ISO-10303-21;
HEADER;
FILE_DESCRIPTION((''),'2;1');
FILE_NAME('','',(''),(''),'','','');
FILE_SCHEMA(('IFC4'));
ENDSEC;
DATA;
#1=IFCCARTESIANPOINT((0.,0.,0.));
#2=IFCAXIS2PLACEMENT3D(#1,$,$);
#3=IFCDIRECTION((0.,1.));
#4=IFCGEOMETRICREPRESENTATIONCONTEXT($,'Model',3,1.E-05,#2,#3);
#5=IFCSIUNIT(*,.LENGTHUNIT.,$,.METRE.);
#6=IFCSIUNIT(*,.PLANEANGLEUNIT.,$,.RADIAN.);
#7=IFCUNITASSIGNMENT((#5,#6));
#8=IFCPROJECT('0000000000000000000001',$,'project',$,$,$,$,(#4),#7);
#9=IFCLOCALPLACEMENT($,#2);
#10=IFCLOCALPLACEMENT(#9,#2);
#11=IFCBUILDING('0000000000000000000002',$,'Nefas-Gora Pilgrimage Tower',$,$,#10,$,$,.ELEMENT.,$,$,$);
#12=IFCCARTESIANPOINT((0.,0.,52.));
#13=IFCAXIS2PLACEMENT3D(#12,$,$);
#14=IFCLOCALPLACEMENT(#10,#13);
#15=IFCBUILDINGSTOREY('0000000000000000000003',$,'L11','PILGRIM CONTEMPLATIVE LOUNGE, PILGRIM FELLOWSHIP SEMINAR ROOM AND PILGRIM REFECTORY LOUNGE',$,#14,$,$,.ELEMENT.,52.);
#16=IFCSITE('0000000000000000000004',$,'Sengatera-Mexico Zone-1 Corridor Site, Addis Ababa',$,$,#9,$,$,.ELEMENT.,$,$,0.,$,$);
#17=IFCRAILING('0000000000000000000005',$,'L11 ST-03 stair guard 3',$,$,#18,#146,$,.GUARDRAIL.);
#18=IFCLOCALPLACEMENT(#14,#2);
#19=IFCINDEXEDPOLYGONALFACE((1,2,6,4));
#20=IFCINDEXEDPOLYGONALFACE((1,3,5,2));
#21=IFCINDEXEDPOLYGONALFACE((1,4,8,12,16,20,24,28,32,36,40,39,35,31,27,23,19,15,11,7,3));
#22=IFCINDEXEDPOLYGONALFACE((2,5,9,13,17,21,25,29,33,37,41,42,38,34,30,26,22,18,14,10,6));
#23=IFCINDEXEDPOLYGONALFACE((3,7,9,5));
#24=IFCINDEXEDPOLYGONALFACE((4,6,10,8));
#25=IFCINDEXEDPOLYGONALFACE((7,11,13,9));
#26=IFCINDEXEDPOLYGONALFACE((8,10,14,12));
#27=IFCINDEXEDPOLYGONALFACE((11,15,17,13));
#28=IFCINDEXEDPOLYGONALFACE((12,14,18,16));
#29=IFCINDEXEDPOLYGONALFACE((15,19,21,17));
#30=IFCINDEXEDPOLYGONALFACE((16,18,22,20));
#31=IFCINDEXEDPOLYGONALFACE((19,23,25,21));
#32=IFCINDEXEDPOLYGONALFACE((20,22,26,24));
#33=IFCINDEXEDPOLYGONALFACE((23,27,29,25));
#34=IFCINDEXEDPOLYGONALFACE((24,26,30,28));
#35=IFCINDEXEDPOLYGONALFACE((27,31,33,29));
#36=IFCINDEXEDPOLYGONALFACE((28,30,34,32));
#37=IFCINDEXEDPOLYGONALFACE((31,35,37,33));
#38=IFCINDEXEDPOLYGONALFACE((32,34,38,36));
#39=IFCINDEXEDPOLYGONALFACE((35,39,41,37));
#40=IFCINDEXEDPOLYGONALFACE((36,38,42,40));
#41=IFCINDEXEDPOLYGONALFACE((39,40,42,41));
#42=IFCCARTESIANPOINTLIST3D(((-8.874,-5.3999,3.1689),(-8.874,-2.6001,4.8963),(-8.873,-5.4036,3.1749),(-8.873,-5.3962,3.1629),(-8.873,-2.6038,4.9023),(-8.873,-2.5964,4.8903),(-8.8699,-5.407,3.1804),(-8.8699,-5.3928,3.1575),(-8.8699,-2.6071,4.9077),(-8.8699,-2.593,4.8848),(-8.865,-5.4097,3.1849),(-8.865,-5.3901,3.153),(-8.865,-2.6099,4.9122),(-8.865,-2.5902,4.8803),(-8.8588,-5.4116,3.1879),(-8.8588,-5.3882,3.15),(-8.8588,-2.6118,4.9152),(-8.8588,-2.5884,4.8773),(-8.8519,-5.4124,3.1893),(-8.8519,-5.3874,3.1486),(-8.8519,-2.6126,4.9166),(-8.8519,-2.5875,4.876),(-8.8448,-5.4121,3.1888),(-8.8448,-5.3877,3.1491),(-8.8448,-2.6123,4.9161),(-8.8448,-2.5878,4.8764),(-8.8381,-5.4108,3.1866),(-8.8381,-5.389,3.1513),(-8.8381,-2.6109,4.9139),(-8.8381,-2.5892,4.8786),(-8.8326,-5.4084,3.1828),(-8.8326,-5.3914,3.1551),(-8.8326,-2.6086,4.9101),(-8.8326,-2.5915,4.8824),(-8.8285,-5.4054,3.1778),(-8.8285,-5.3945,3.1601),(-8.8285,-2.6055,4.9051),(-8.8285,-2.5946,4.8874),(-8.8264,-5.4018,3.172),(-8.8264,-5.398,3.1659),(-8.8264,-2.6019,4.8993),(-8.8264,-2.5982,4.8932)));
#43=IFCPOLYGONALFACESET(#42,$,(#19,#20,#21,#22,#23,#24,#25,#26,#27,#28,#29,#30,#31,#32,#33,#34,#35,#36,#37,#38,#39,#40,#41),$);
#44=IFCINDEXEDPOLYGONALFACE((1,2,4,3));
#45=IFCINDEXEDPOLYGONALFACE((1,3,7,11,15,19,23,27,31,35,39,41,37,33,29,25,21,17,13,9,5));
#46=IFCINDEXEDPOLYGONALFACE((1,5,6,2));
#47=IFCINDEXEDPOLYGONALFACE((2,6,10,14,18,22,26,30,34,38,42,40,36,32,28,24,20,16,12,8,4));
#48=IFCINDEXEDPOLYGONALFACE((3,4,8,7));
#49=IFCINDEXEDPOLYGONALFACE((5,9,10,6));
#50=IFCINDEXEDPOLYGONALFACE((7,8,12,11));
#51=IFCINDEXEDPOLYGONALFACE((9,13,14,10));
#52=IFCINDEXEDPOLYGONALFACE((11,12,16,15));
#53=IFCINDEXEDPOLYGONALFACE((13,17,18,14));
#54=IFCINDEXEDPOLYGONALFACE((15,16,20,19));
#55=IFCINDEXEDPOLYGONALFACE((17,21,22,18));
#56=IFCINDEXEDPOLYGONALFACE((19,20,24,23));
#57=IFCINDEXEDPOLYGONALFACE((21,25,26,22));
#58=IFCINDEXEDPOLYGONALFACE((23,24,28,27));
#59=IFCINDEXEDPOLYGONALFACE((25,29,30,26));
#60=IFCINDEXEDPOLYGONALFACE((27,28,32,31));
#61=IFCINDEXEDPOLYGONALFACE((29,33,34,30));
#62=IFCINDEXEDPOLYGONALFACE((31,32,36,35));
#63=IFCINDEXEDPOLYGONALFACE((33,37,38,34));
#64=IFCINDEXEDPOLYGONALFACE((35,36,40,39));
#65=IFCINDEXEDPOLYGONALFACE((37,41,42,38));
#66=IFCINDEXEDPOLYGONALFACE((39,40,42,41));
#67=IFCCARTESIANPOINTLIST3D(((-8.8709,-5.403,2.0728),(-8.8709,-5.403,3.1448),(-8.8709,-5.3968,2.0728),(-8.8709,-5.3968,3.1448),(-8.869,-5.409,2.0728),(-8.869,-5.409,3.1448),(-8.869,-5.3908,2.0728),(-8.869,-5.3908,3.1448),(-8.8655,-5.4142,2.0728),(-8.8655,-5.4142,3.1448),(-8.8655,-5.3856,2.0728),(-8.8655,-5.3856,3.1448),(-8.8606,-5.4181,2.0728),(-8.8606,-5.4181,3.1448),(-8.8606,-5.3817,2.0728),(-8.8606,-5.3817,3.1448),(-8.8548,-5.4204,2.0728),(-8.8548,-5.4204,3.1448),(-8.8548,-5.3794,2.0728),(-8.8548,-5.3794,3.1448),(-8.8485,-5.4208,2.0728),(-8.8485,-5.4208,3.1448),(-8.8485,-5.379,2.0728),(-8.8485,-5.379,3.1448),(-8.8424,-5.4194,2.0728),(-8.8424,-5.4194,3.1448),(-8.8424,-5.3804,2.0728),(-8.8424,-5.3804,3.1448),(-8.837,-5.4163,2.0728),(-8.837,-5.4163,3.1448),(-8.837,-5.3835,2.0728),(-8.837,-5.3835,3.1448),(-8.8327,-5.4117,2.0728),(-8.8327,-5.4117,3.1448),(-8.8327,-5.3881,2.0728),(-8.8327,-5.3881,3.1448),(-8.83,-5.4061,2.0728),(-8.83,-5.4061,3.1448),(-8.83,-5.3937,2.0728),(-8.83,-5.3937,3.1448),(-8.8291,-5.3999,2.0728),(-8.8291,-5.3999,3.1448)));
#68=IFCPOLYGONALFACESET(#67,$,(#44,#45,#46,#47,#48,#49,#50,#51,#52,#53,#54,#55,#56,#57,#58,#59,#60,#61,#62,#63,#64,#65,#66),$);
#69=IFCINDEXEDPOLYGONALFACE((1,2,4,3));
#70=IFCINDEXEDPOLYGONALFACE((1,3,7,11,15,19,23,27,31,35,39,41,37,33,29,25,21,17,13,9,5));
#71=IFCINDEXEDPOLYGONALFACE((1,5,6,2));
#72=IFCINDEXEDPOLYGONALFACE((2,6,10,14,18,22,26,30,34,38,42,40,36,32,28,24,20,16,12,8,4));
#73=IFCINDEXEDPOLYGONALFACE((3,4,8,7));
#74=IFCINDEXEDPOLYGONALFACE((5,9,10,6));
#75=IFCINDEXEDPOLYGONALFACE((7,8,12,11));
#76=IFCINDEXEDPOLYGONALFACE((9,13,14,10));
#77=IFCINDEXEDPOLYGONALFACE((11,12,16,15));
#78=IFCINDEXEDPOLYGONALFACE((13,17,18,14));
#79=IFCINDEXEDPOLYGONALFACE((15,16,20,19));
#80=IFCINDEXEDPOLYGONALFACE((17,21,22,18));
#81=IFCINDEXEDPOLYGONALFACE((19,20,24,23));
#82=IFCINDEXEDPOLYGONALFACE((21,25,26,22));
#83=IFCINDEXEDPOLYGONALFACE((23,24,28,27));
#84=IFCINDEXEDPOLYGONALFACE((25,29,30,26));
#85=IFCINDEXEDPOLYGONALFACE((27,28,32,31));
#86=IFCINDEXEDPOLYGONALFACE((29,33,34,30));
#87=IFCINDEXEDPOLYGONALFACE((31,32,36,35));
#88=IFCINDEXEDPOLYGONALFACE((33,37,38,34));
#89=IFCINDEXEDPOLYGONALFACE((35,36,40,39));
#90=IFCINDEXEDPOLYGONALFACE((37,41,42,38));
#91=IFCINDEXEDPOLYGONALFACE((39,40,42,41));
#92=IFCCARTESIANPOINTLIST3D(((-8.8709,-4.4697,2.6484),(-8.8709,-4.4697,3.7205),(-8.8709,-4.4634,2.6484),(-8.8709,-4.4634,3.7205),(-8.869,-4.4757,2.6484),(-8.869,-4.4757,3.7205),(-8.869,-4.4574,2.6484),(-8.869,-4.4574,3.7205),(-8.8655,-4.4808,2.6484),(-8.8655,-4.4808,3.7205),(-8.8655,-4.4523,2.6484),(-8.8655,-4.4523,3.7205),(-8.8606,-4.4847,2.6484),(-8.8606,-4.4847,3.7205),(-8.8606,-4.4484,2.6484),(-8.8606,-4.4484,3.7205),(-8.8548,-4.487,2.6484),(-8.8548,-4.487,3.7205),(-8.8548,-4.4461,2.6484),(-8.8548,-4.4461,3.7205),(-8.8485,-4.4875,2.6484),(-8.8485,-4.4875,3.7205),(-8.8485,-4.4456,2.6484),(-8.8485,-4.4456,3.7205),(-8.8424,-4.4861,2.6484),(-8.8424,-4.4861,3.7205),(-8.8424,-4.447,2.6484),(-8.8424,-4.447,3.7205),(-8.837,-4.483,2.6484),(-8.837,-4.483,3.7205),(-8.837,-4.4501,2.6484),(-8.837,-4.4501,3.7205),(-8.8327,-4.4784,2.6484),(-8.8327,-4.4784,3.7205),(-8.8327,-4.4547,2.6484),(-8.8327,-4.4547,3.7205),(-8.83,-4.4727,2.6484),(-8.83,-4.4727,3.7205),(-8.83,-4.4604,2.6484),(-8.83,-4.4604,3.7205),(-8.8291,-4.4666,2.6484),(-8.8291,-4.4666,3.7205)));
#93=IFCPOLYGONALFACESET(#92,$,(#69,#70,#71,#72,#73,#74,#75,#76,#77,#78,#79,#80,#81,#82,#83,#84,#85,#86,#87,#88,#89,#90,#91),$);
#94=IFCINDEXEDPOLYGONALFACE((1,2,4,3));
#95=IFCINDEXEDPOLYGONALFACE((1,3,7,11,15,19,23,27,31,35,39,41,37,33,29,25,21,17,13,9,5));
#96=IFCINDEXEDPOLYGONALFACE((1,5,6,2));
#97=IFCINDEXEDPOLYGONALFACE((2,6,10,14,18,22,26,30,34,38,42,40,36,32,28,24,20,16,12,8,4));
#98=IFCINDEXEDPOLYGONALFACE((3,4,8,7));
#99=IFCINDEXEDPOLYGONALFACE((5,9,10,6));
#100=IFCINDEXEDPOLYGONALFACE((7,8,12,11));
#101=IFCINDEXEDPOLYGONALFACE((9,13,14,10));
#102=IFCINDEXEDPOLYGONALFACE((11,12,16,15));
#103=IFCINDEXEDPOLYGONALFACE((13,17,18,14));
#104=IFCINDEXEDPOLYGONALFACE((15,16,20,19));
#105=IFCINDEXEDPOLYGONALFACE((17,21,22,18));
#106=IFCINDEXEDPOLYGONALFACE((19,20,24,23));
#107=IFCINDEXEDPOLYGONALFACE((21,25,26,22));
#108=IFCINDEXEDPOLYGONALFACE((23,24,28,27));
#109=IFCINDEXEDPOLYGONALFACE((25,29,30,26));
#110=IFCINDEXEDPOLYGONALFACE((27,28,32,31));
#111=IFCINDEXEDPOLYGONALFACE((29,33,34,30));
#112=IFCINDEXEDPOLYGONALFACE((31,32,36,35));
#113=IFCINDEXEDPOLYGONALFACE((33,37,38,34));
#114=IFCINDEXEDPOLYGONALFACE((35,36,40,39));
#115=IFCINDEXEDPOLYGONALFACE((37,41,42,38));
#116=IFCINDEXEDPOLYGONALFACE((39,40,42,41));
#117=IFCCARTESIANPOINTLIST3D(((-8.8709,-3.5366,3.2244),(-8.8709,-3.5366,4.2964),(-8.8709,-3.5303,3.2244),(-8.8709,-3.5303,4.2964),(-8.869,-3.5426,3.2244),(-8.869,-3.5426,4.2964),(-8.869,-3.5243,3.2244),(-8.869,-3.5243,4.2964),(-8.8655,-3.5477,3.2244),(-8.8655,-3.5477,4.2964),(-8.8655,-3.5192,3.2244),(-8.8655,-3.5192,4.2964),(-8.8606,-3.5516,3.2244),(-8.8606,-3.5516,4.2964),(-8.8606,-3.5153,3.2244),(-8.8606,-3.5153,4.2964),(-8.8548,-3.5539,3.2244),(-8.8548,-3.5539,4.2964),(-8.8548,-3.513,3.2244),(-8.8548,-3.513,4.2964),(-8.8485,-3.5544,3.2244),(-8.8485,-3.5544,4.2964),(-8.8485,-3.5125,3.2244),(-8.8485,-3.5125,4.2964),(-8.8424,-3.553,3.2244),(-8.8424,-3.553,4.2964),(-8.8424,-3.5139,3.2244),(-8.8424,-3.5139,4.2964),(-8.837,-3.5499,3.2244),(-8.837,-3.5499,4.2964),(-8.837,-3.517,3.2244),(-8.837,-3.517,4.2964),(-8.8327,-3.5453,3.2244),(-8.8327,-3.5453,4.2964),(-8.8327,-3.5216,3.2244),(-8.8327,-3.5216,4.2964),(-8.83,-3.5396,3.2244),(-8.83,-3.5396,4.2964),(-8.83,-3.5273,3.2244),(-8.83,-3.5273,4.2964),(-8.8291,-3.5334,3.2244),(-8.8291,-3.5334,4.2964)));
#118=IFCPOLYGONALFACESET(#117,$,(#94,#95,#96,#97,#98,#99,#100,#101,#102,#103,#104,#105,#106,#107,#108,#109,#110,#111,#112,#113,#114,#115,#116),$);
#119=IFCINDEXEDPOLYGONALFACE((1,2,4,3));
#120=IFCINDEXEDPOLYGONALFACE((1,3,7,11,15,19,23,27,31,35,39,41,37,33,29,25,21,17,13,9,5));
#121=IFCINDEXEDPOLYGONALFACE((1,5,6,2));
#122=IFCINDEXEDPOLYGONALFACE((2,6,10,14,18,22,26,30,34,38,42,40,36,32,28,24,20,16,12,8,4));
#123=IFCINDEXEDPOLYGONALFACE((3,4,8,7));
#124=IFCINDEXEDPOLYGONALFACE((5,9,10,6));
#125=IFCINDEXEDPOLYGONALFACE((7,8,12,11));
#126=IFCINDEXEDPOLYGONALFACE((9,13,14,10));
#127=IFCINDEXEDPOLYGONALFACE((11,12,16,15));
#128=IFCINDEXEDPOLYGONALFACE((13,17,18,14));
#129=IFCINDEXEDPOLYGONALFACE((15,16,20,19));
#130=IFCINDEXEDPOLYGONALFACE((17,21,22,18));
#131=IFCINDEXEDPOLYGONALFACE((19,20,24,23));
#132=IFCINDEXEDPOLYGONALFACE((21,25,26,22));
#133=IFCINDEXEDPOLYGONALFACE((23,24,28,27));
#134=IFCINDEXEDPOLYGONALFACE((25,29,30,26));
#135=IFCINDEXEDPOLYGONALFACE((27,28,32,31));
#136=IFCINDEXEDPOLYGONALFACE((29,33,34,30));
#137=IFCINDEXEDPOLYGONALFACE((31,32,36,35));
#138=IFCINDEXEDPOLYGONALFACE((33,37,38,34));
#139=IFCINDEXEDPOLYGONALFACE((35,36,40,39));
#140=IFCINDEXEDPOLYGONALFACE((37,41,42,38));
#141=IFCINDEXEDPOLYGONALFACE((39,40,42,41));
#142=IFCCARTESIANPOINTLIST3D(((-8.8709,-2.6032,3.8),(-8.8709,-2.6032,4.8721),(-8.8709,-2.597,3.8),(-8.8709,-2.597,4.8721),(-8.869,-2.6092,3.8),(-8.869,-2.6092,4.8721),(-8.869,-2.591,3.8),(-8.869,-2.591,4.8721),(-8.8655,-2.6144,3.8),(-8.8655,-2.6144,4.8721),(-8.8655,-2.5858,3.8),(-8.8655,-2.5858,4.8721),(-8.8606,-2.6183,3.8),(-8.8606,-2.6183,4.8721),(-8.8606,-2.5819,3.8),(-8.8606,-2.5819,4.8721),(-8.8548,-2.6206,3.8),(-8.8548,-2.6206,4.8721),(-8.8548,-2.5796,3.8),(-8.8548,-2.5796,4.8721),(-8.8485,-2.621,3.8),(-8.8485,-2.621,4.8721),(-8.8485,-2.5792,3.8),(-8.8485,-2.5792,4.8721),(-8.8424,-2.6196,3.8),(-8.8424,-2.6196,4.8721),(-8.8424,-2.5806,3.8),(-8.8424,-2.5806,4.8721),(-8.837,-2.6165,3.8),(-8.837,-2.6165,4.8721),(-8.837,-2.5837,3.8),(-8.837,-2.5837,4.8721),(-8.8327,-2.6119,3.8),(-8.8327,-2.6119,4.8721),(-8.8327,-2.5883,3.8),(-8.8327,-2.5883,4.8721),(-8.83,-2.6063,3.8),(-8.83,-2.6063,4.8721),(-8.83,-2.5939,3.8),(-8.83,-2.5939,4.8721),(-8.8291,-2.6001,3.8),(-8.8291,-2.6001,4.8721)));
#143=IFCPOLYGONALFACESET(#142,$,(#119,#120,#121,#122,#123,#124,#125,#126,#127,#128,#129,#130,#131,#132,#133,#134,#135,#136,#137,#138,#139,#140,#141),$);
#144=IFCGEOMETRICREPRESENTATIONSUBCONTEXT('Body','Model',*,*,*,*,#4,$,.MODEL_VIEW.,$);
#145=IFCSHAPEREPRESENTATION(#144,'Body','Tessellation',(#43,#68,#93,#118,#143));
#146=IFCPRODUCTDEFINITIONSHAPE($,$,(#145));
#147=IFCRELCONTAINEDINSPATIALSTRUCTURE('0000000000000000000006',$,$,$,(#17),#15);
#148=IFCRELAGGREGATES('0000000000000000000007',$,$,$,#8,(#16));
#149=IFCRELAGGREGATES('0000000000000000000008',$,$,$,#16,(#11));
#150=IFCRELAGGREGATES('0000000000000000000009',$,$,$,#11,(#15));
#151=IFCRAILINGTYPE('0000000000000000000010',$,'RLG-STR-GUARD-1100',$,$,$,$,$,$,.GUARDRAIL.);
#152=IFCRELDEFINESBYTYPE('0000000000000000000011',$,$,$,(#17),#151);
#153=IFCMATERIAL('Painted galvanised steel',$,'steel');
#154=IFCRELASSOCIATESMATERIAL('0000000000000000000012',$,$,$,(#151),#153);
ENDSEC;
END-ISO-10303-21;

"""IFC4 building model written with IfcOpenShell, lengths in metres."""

from ifc_helpers import new_model, si_unit, direction, frame, origin, origin_2d, place, context, subcontext, project, spatial, circle, extrude, material, type_object, element, save


model = new_model("IFC4")

# Units and contexts
model_context = context("Model", 3, precision=1e-05, world=origin(), true_north=direction((0.0, 1.0)))
body_context = subcontext(model_context, "Body", "Model", "MODEL_VIEW")
ifc_project = project(units=[si_unit("LENGTHUNIT", "METRE"), si_unit("PLANEANGLEUNIT", "RADIAN")], contexts=[model_context])

# Site, building, storey
site_placement = place(None, origin())
site = spatial("IfcSite", under=ifc_project, at=site_placement, Name="Sengatera-Mexico Zone-1 Corridor Site, Addis Ababa", CompositionType="ELEMENT", RefElevation=0.0)
building_placement = place(site_placement, origin())
building = spatial("IfcBuilding", under=site, at=building_placement, Name="Nefas-Gora Pilgrimage Tower", CompositionType="ELEMENT")
storey_placement = place(building_placement, frame((0.0, 0.0, 52.0)))
storey = spatial("IfcBuildingStorey", under=building, at=storey_placement, Name="L11", Description="PILGRIM CONTEMPLATIVE LOUNGE, PILGRIM FELLOWSHIP SEMINAR ROOM AND PILGRIM REFECTORY LOUNGE", CompositionType="ELEMENT", Elevation=52.0)

# Railing
ifc_material_1 = material(Name="Painted galvanised steel", Category="steel")
railing_type_1 = type_object("IfcRailingType", Name="RLG-STR-GUARD-1100", PredefinedType="GUARDRAIL", material=ifc_material_1)
railing_1_placement = place(storey_placement, frame((-8.8501, -5.3999, 2.0728)))
element("IfcRailing", 1, at=railing_1_placement, inside=storey, type_object=railing_type_1, Name="L11 ST-03 stair guard 3", PredefinedType="GUARDRAIL", context=body_context, shape_type="SweptSolid", body=[
    extrude(circle(Radius=0.0239, at=origin_2d()), frame((0.0, 0.0, 1.0962), z_axis=(0.0, 0.851069, 0.525054), x_axis=(-1.0, 0.0, 0.0)), (0.0, 0.0, 1.0), 3.2898),
    extrude(circle(Radius=0.021, at=origin_2d()), origin(), (0.0, 0.0, 1.0), 1.072),
    extrude(circle(Radius=0.021, at=origin_2d()), frame((0.0, 0.9333, 0.5757)), (0.0, 0.0, 1.0), 1.072),
    extrude(circle(Radius=0.021, at=origin_2d()), frame((0.0, 1.8665, 1.1516)), (0.0, 0.0, 1.0), 1.072),
    extrude(circle(Radius=0.021, at=origin_2d()), frame((0.0, 2.7998, 1.7273)), (0.0, 0.0, 1.0), 1.072),
])

save(model, "model.ifc")
